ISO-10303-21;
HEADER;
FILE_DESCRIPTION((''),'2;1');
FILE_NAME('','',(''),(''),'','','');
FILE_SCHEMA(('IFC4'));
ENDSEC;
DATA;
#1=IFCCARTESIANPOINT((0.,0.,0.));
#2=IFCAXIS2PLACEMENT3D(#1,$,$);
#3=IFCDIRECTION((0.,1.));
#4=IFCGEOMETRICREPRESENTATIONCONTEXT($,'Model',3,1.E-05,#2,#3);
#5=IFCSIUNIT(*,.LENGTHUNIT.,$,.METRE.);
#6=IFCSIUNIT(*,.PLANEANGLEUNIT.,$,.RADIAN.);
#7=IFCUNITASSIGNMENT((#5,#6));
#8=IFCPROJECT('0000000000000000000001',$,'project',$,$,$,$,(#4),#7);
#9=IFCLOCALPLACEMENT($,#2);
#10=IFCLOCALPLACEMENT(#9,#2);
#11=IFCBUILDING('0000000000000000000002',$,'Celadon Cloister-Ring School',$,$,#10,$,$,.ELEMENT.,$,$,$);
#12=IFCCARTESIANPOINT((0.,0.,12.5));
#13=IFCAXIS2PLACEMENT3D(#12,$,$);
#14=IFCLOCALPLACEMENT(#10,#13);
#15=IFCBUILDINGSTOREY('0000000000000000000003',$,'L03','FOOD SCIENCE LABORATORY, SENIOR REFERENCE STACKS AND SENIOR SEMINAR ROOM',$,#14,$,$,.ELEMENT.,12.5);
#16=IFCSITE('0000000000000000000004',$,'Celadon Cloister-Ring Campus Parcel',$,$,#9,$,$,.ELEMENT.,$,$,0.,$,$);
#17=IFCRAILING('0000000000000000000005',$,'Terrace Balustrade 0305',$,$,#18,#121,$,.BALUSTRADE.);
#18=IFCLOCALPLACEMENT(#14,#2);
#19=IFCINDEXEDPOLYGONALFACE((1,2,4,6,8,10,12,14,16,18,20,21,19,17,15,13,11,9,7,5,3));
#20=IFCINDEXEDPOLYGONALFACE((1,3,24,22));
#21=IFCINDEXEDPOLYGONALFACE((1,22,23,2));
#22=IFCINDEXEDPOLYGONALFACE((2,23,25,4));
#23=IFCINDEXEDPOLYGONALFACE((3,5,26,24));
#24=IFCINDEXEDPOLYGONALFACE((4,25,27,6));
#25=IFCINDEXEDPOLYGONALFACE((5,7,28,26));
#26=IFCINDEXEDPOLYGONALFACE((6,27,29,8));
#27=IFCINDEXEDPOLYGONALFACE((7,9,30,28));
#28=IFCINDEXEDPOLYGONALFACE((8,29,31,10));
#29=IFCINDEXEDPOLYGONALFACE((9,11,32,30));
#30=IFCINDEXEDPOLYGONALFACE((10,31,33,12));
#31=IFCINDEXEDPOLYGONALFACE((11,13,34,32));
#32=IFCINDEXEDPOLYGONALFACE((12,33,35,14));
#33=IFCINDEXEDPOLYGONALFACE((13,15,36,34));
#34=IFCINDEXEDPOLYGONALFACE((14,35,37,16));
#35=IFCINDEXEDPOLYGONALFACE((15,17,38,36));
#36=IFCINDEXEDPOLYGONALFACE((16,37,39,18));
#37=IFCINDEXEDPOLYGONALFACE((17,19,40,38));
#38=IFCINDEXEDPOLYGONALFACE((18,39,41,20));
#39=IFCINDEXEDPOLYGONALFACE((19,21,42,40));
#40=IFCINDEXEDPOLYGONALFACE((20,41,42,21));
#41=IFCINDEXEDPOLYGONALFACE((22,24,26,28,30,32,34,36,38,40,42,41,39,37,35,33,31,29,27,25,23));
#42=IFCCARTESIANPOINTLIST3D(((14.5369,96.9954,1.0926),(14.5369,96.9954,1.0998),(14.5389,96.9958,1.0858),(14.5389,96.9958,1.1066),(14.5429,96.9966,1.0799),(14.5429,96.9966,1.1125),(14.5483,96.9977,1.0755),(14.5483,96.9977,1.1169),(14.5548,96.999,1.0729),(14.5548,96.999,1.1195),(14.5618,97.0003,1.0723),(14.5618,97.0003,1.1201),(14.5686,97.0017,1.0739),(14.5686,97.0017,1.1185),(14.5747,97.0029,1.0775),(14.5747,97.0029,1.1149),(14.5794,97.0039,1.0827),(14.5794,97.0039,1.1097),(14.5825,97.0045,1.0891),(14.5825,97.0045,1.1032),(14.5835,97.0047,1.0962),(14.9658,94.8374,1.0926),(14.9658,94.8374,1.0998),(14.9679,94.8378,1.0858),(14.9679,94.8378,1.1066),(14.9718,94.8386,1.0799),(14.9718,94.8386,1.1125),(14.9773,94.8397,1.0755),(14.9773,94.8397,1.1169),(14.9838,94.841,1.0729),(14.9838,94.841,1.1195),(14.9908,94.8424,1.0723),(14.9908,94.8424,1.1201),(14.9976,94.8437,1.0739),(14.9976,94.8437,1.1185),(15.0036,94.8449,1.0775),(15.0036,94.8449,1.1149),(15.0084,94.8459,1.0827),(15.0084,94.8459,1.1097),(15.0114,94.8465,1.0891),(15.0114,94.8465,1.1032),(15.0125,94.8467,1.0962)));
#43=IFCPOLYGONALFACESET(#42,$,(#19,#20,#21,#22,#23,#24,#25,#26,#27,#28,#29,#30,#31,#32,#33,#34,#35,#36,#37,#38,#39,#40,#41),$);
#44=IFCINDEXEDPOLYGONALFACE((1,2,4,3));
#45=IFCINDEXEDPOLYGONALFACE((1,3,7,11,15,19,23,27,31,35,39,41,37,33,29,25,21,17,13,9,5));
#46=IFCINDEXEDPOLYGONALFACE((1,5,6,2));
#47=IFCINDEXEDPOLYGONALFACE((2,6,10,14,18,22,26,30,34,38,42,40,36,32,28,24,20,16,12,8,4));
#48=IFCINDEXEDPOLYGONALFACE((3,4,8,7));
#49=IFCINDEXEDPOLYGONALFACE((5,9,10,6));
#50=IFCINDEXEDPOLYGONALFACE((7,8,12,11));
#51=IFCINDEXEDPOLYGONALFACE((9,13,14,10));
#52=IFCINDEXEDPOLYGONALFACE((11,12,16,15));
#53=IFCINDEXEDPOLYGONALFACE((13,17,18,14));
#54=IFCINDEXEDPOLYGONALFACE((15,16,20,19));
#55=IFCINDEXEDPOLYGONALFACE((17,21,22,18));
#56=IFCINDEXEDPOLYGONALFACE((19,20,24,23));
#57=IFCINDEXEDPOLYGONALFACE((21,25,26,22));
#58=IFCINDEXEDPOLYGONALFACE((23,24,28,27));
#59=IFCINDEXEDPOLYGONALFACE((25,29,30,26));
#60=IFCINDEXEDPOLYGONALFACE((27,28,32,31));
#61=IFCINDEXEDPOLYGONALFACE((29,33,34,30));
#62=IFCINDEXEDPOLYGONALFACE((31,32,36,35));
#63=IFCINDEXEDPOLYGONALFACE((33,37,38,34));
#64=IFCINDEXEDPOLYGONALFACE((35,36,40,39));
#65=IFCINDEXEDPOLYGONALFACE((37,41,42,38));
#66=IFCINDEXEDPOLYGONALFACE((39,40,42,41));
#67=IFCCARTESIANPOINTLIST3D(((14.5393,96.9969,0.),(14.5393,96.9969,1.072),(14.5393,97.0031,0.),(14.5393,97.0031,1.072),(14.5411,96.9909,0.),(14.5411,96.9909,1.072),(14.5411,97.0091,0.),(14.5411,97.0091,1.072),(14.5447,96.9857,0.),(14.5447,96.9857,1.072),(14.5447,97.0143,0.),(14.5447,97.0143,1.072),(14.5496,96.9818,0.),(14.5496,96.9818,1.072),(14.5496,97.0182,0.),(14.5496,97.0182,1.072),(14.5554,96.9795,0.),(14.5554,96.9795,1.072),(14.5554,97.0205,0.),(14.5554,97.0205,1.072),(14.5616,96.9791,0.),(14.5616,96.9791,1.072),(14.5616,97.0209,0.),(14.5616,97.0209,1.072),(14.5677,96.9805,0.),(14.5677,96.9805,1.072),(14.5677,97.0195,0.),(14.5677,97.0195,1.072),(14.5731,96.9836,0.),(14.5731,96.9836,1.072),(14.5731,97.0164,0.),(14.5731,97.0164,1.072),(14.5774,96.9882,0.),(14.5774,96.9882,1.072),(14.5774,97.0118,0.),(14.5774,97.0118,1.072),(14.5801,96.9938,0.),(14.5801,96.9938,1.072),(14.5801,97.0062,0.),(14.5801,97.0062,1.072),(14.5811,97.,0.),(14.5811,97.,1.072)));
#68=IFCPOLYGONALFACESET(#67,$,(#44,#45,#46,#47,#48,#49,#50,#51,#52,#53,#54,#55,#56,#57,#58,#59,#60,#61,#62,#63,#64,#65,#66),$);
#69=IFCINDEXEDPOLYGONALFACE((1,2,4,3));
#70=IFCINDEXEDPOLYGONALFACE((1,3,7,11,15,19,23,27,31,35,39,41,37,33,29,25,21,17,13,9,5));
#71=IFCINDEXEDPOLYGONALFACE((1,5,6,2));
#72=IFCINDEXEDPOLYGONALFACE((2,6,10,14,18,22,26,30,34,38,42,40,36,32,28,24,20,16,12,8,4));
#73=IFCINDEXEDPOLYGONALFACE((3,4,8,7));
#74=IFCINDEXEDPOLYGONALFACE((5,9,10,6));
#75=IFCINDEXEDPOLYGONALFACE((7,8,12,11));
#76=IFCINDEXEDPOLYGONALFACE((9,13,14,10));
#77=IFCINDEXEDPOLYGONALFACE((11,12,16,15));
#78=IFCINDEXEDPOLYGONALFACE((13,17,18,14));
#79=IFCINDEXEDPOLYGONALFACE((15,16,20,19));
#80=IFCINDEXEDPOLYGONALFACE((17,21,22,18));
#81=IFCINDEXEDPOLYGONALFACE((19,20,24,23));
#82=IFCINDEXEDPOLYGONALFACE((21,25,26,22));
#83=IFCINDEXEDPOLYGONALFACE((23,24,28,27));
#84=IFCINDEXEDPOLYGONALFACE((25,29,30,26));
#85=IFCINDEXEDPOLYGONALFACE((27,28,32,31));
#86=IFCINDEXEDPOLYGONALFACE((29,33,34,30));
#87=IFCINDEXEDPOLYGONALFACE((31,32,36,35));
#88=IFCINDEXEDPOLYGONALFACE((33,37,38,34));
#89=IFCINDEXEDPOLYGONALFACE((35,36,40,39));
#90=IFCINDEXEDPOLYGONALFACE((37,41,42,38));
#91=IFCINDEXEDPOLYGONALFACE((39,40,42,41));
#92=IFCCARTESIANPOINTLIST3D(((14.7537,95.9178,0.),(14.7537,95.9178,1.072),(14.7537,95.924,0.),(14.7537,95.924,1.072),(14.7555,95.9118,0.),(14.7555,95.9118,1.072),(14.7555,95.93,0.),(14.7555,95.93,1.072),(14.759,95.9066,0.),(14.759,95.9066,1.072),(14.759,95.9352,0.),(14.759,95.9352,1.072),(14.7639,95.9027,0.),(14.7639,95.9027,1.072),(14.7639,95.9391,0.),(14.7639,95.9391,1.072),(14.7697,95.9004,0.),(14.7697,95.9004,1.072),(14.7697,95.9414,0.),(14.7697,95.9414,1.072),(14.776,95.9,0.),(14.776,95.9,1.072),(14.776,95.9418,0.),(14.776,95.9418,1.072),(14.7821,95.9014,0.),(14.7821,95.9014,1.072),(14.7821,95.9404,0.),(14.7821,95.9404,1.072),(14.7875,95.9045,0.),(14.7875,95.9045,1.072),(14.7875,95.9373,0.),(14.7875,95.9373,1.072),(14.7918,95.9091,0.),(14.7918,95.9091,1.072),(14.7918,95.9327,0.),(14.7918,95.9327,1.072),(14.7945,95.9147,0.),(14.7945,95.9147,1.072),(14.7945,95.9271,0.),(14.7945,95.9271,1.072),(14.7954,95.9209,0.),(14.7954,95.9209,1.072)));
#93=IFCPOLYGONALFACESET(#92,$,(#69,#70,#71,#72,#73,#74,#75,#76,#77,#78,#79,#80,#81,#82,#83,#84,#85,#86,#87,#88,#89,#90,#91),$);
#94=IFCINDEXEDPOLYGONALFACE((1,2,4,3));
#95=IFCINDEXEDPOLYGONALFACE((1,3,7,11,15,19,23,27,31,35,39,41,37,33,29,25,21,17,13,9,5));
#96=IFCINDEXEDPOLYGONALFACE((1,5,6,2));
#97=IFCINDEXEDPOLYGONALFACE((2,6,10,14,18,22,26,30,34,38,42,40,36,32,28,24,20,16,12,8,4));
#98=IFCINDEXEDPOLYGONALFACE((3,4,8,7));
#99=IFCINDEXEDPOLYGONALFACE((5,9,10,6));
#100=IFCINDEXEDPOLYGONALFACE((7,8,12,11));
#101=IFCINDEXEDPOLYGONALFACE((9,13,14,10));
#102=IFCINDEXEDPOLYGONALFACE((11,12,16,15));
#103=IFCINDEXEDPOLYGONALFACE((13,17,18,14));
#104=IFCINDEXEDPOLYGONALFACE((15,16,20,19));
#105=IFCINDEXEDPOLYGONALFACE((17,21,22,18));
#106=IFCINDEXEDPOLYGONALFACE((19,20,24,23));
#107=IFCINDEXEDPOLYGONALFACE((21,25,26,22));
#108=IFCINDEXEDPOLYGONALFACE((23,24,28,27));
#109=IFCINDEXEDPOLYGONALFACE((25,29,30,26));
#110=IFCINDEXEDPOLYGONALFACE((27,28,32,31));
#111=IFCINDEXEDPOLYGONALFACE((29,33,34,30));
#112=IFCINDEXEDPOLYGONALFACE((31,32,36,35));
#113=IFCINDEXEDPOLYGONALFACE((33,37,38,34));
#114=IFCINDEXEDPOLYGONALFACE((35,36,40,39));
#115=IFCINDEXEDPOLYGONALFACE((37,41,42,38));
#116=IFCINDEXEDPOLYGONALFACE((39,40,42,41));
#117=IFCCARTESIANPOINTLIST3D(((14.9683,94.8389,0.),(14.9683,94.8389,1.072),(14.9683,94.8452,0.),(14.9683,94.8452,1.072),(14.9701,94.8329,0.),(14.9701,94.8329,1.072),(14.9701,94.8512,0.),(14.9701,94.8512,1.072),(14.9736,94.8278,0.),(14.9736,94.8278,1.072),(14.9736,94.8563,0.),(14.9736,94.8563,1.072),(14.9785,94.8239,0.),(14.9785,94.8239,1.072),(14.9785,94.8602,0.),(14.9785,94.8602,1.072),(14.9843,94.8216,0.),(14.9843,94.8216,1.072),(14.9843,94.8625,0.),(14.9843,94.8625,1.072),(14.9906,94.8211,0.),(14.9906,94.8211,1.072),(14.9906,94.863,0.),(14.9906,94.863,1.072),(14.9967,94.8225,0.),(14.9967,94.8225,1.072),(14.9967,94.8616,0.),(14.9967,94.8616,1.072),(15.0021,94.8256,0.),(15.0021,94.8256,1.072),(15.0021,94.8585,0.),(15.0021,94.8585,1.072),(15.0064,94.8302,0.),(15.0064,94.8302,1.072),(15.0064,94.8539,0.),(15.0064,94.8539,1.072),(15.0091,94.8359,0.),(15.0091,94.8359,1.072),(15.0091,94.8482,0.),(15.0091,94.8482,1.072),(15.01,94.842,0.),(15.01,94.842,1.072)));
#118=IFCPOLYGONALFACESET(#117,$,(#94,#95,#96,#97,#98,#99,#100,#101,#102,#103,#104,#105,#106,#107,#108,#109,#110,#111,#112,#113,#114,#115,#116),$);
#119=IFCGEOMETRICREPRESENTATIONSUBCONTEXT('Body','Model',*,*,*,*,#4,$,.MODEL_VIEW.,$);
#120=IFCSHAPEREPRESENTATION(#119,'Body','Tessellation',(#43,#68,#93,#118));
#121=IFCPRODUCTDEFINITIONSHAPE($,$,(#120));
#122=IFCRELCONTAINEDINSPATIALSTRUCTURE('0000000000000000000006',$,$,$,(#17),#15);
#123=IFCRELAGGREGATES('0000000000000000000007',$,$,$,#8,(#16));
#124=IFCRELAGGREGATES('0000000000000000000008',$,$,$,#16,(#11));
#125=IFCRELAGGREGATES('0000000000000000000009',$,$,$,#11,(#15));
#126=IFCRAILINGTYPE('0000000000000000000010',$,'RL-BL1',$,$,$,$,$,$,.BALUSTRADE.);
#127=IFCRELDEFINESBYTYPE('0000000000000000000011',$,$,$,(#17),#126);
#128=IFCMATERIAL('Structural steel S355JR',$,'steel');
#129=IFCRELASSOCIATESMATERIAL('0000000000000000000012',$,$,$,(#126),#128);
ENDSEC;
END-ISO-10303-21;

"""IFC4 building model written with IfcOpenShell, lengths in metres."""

from ifc_helpers import new_model, si_unit, direction, frame, origin, origin_2d, place, context, subcontext, project, spatial, circle, extrude, material, type_object, element, save


model = new_model("IFC4")

# Units and contexts
model_context = context("Model", 3, precision=1e-05, world=origin(), true_north=direction((0.0, 1.0)))
body_context = subcontext(model_context, "Body", "Model", "MODEL_VIEW")
ifc_project = project(units=[si_unit("LENGTHUNIT", "METRE"), si_unit("PLANEANGLEUNIT", "RADIAN")], contexts=[model_context])

# Site, building, storey
site_placement = place(None, origin())
site = spatial("IfcSite", under=ifc_project, at=site_placement, Name="Celadon Cloister-Ring Campus Parcel", CompositionType="ELEMENT", RefElevation=0.0)
building_placement = place(site_placement, origin())
building = spatial("IfcBuilding", under=site, at=building_placement, Name="Celadon Cloister-Ring School", CompositionType="ELEMENT")
storey_placement = place(building_placement, frame((0.0, 0.0, 12.5)))
storey = spatial("IfcBuildingStorey", under=building, at=storey_placement, Name="L03", Description="FOOD SCIENCE LABORATORY, SENIOR REFERENCE STACKS AND SENIOR SEMINAR ROOM", CompositionType="ELEMENT", Elevation=12.5)

# Railing
ifc_material_1 = material(Name="Structural steel S355JR", Category="steel")
railing_type = type_object("IfcRailingType", Name="RL-BL1", PredefinedType="BALUSTRADE", material=ifc_material_1)
railing_1_placement = place(storey_placement, frame((14.5601, 97.0, 0.0)))
element("IfcRailing", 1, at=railing_1_placement, inside=storey, type_object=railing_type, Name="Terrace Balustrade 0305", PredefinedType="BALUSTRADE", context=body_context, shape_type="SweptSolid", body=[
    extrude(circle(Radius=0.0239, at=origin_2d()), frame((0.0, 0.0, 1.0962), z_axis=(0.194964, -0.98081, 0.0), x_axis=(0.98081, 0.194964, 0.0)), (0.0, 0.0, 1.0), 2.2002),
    extrude(circle(Radius=0.021, at=origin_2d()), origin(), (0.0, 0.0, 1.0), 1.072),
    extrude(circle(Radius=0.021, at=origin_2d()), frame((0.2144, -1.0791, 0.0)), (0.0, 0.0, 1.0), 1.072),
    extrude(circle(Radius=0.021, at=origin_2d()), frame((0.429, -2.158, 0.0)), (0.0, 0.0, 1.0), 1.072),
])

save(model, "model.ifc")
